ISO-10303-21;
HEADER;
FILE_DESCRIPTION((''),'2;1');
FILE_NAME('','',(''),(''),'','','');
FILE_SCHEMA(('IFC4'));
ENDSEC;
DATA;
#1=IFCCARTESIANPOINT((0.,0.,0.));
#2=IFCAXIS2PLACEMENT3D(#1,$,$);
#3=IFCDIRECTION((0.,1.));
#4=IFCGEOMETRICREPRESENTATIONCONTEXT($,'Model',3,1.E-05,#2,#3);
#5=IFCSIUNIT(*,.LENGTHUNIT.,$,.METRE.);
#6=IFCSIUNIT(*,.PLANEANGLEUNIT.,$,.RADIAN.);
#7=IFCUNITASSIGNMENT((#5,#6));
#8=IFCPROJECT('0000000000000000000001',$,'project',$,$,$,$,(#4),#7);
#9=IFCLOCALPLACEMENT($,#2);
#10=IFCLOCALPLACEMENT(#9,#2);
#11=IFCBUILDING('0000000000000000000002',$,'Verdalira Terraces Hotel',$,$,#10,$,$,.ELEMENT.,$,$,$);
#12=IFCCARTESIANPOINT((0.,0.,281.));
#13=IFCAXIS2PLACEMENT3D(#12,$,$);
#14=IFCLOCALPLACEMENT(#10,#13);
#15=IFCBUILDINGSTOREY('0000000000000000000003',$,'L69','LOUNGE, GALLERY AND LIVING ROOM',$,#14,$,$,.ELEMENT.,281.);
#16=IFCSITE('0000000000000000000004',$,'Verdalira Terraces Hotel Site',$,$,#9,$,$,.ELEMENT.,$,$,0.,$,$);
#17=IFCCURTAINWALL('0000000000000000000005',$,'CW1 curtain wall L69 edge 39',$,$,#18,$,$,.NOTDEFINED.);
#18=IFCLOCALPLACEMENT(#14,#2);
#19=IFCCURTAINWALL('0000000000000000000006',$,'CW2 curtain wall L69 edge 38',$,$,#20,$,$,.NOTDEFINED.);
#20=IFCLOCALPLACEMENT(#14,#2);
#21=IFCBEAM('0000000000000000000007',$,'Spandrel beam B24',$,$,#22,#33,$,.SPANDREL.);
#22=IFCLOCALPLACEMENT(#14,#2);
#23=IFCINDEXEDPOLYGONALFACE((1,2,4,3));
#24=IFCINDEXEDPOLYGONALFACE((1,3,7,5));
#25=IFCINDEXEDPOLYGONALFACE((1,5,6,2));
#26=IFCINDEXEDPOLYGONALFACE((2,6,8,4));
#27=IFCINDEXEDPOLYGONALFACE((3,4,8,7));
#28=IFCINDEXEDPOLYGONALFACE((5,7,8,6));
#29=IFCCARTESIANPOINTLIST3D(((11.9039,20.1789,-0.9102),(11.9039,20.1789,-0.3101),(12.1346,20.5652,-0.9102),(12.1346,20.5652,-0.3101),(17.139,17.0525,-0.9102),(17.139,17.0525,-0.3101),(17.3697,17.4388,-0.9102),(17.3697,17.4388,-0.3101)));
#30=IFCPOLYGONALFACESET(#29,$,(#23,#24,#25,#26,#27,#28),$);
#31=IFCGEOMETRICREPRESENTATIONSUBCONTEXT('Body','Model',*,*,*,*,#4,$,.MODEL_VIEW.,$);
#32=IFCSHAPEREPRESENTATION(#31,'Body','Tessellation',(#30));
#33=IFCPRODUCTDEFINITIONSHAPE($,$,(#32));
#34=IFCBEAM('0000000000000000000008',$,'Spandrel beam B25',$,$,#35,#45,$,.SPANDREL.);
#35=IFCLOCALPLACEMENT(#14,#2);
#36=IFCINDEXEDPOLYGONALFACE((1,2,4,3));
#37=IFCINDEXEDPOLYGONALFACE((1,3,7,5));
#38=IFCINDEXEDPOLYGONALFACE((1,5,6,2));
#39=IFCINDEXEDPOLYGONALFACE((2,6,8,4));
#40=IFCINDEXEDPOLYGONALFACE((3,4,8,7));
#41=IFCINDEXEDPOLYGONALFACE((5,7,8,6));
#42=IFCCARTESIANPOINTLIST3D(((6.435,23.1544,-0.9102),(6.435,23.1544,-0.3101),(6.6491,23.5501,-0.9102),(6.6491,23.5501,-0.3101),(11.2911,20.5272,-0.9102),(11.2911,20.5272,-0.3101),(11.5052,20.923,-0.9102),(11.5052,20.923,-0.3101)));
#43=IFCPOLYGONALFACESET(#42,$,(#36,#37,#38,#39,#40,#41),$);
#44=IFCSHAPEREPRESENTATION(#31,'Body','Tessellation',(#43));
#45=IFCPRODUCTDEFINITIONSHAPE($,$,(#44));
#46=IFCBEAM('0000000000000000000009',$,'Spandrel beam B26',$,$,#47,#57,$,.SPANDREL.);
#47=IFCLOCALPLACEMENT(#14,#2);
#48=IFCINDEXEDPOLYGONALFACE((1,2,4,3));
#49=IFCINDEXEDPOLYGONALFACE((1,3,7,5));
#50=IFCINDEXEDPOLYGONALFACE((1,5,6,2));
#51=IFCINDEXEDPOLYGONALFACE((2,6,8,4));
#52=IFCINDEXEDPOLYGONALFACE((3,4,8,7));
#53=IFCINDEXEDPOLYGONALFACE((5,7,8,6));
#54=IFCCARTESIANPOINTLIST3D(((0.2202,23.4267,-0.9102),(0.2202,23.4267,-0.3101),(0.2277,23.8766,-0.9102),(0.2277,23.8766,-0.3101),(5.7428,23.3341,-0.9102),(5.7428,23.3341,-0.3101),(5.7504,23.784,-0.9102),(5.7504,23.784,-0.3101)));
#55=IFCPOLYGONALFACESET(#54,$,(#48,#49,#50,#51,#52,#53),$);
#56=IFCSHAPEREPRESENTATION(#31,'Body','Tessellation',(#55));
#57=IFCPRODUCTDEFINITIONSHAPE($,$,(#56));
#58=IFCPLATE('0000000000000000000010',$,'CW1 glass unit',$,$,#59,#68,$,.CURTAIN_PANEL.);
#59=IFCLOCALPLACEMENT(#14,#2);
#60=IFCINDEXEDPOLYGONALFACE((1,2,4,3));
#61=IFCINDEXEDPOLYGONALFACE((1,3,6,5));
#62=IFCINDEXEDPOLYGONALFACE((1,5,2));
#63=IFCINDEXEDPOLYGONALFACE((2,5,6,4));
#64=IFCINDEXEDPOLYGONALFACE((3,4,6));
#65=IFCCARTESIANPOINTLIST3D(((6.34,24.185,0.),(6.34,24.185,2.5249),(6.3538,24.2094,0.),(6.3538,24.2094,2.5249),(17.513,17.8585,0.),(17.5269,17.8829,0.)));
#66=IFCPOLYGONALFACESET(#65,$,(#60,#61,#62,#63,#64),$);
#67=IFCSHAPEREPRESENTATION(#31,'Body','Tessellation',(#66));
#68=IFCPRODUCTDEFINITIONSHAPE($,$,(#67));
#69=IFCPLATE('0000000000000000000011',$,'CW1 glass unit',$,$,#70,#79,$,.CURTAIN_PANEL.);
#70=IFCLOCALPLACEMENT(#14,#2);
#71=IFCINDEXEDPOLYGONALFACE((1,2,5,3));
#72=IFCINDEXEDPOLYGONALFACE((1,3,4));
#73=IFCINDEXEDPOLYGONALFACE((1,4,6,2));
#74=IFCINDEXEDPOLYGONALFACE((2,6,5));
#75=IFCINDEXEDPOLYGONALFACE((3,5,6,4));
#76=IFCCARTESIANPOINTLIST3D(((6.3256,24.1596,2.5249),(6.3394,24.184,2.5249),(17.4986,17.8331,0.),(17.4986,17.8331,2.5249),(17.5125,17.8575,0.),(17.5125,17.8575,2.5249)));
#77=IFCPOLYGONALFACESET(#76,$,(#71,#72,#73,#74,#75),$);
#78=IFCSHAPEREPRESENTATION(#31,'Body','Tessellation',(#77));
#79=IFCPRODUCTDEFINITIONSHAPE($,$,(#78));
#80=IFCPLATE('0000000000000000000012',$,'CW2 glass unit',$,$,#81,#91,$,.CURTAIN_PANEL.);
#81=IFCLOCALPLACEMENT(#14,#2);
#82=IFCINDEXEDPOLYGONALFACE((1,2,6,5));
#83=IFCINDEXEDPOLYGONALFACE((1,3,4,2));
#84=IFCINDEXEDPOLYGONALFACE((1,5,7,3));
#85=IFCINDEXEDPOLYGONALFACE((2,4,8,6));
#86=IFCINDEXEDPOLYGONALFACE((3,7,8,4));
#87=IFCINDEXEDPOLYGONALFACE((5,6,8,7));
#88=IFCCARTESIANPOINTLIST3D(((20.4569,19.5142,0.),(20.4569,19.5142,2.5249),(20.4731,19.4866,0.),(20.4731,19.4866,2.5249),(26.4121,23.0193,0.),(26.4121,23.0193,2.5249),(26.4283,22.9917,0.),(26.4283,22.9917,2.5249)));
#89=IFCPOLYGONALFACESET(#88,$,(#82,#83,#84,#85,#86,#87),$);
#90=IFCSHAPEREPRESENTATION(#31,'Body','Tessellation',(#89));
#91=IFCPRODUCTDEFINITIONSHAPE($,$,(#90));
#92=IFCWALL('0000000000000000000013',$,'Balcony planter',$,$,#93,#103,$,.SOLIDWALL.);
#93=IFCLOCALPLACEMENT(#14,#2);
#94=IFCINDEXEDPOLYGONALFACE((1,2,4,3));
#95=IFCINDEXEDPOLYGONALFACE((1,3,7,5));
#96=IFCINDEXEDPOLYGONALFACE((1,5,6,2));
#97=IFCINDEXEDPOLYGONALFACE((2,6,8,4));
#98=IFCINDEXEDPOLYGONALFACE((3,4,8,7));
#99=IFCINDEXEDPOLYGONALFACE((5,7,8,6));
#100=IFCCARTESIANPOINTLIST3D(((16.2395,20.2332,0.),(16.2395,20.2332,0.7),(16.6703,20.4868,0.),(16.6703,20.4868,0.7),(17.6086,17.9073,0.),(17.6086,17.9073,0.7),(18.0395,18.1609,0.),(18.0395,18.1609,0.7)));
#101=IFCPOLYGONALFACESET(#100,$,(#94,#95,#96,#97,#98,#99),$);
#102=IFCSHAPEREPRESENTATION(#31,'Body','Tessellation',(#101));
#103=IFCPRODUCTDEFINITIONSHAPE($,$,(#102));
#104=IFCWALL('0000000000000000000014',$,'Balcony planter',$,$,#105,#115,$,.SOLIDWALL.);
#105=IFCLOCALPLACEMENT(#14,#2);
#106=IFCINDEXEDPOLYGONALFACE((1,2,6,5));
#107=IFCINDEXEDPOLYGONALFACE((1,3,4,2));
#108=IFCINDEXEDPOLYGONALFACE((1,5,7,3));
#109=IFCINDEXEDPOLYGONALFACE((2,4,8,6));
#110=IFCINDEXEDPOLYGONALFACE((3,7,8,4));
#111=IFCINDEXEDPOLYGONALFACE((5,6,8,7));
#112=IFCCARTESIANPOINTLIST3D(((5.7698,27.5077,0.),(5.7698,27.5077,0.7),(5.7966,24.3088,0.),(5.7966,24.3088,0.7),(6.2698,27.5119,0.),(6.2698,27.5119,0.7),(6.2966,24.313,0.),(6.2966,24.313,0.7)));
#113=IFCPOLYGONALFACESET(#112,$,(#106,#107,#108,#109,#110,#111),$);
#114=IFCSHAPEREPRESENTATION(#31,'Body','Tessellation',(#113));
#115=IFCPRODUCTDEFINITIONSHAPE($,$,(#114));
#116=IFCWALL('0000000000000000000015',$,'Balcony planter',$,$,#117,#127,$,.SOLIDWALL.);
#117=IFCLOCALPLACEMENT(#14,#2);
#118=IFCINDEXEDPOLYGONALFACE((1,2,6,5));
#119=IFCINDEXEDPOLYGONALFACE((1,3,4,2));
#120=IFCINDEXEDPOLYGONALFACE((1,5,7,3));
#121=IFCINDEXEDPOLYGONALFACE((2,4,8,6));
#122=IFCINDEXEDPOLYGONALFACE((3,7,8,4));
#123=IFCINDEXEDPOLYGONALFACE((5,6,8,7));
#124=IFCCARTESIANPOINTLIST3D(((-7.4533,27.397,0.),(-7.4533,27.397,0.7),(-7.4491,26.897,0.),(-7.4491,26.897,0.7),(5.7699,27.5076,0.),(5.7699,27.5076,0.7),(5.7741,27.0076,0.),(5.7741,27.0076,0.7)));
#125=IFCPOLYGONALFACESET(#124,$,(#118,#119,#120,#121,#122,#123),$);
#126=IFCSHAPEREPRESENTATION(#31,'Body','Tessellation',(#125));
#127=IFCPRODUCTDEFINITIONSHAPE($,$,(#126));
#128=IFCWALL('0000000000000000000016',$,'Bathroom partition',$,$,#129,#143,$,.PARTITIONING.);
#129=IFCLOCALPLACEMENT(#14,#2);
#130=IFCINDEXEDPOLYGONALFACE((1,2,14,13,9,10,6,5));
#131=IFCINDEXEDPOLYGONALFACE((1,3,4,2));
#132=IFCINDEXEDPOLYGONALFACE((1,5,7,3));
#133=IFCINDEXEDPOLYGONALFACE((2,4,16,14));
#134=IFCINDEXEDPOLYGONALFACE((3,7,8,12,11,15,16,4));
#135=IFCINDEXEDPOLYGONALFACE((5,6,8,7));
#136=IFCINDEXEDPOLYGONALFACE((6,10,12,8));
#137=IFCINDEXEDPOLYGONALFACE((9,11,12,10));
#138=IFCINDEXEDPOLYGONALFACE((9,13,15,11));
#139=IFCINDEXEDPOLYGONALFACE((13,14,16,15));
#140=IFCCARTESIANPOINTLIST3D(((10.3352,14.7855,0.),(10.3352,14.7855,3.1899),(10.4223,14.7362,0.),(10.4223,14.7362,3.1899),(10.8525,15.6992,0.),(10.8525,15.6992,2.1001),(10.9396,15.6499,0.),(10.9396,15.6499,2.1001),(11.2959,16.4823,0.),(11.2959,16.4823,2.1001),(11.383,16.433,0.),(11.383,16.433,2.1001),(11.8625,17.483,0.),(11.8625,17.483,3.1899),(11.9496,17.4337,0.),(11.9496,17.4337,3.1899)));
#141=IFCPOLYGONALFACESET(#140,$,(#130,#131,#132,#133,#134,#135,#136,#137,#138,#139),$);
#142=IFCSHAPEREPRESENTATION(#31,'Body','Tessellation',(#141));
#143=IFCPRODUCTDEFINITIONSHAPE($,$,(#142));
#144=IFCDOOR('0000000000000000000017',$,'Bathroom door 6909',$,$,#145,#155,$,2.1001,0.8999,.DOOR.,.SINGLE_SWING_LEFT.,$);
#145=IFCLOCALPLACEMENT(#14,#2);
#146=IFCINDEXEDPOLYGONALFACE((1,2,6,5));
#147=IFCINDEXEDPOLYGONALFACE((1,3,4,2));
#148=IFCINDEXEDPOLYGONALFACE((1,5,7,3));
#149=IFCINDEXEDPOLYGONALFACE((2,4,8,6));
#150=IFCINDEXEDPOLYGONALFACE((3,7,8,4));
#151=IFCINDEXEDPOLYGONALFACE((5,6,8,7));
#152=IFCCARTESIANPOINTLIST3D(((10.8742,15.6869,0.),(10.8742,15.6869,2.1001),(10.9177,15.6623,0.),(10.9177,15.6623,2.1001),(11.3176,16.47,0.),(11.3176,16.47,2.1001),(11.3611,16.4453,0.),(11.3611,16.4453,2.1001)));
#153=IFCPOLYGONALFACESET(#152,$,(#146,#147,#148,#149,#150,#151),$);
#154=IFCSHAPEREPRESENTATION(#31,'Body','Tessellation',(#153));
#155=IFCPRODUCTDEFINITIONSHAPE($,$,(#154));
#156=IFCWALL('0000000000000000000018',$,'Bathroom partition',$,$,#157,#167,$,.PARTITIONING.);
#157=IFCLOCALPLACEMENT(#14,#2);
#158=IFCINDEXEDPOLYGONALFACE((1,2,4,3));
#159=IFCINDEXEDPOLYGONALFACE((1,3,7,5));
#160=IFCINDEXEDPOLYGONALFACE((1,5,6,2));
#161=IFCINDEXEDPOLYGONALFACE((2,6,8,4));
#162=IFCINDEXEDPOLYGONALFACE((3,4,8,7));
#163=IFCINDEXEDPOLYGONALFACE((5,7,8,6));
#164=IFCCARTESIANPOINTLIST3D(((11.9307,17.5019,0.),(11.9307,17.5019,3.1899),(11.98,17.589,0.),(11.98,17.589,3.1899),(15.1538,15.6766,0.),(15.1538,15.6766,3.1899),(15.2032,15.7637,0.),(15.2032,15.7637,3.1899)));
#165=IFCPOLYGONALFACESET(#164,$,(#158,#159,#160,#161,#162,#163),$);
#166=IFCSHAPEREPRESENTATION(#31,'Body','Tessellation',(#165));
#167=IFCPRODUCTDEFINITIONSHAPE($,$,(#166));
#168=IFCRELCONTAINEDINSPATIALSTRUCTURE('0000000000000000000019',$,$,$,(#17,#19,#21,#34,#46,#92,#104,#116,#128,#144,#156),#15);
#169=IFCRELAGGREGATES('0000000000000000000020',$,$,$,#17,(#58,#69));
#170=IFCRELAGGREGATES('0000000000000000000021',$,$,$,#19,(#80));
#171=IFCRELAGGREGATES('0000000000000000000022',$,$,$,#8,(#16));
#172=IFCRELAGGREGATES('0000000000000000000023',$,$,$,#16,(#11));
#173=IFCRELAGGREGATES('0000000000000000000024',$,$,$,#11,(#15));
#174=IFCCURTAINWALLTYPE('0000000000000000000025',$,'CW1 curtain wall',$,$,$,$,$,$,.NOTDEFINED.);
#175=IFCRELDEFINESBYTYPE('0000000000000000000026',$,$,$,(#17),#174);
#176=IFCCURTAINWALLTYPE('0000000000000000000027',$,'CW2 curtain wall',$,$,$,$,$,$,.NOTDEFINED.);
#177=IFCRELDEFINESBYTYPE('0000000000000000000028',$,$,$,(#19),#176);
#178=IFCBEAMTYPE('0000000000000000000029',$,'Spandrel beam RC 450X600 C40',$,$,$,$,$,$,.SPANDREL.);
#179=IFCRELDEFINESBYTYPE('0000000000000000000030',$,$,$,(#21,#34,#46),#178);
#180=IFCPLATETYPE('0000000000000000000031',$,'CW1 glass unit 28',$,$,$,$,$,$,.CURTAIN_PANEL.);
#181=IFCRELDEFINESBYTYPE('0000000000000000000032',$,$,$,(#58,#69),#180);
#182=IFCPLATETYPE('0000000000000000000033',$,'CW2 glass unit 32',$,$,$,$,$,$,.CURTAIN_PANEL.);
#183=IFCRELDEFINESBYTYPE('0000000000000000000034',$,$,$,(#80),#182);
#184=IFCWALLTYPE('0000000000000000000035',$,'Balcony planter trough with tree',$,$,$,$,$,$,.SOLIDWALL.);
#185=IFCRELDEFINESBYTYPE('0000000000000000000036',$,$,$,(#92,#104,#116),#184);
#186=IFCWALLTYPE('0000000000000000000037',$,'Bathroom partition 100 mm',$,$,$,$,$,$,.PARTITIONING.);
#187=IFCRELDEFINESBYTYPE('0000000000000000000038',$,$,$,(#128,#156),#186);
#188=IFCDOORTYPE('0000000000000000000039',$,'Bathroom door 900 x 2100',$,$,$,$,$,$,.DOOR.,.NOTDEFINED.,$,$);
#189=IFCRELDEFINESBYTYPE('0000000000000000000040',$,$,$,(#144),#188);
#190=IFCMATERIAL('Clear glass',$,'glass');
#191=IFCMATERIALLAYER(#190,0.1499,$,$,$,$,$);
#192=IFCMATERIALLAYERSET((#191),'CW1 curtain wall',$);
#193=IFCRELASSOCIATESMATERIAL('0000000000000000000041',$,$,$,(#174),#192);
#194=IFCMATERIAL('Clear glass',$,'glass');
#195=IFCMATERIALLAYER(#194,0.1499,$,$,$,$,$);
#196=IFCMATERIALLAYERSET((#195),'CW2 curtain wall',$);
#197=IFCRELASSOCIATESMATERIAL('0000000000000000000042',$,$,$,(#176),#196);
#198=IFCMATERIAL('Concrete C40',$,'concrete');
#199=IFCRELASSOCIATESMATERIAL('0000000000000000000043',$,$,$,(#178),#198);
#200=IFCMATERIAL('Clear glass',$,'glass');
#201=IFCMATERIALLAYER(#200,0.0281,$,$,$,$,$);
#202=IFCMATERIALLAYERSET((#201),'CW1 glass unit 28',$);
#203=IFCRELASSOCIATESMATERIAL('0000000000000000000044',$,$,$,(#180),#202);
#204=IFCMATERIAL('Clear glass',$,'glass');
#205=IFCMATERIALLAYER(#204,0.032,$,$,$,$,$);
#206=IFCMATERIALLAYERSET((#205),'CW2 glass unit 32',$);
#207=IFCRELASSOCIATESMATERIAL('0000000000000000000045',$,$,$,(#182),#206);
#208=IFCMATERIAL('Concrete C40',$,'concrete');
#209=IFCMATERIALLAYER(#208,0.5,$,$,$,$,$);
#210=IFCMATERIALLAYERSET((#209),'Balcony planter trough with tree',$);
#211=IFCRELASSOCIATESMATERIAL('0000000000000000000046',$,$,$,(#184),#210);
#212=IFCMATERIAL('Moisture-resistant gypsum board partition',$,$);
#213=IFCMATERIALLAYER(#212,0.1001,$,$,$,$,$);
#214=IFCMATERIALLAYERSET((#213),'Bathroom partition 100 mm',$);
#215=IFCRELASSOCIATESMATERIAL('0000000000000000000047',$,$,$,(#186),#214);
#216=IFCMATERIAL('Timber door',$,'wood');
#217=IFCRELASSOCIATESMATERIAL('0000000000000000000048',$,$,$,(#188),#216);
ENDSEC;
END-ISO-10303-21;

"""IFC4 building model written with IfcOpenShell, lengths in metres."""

from ifc_helpers import new_model, si_unit, direction, frame, frame_2d, origin, origin_2d, place, context, subcontext, project, spatial, polyline, rectangle, outline, extrude, material, layer, layer_set, material_profile, profile_set, type_object, element, fill, aggregate, save


model = new_model("IFC4")

# Units and contexts
model_context = context("Model", 3, precision=1e-05, world=origin(), true_north=direction((0.0, 1.0)))
body_context = subcontext(model_context, "Body", "Model", "MODEL_VIEW")
ifc_project = project(units=[si_unit("LENGTHUNIT", "METRE"), si_unit("PLANEANGLEUNIT", "RADIAN")], contexts=[model_context])

# Site, building, storey
site_placement = place(None, origin())
site = spatial("IfcSite", under=ifc_project, at=site_placement, Name="Verdalira Terraces Hotel Site", CompositionType="ELEMENT", RefElevation=0.0)
building_placement = place(site_placement, origin())
building = spatial("IfcBuilding", under=site, at=building_placement, Name="Verdalira Terraces Hotel", CompositionType="ELEMENT")
storey_placement = place(building_placement, frame((0.0, 0.0, 281.0)))
storey = spatial("IfcBuildingStorey", under=building, at=storey_placement, Name="L69", Description="LOUNGE, GALLERY AND LIVING ROOM", CompositionType="ELEMENT", Elevation=281.0)

# Curtain wall
ifc_material_1 = material(Name="Clear glass", Category="glass")
ifc_layer_1 = layer(ifc_material_1, 0.1499)
ifc_layer_set_1 = layer_set([ifc_layer_1], Name="CW1 curtain wall")
curtain_wall_type_1 = type_object("IfcCurtainWallType", Name="CW1 curtain wall", PredefinedType="NOTDEFINED", material=ifc_layer_set_1)
curtain_wall_1_placement = place(storey_placement, origin())
curtain_wall_1 = element("IfcCurtainWall", 1, at=curtain_wall_1_placement, inside=storey, type_object=curtain_wall_type_1, Name="CW1 curtain wall L69 edge 39", PredefinedType="NOTDEFINED")

# Curtain wall
ifc_material_2 = material(Name="Clear glass", Category="glass")
ifc_layer_2 = layer(ifc_material_2, 0.1499)
ifc_layer_set_2 = layer_set([ifc_layer_2], Name="CW2 curtain wall")
curtain_wall_type_2 = type_object("IfcCurtainWallType", Name="CW2 curtain wall", PredefinedType="NOTDEFINED", material=ifc_layer_set_2)
curtain_wall_2_placement = place(storey_placement, origin())
curtain_wall_2 = element("IfcCurtainWall", 2, at=curtain_wall_2_placement, inside=storey, type_object=curtain_wall_type_2, Name="CW2 curtain wall L69 edge 38", PredefinedType="NOTDEFINED")

# Beams
ifc_material_3 = material(Name="Concrete C40", Category="concrete")
ifc_material_profile_1 = material_profile(ifc_material_3, rectangle(XDim=0.45, YDim=0.6001, at=origin_2d()), Name="RC 450X600")
ifc_profile_set_1 = profile_set([ifc_material_profile_1], Name="Concrete C40")
beam_type_1 = type_object("IfcBeamType", Name="Spandrel beam RC 450X600 C40", PredefinedType="SPANDREL", material=ifc_profile_set_1)
beam_1_placement = place(storey_placement, frame((17.2544, 17.2456, -0.6101), z_axis=(-0.858547, 0.512734, 0.0), x_axis=(-0.512734, -0.858547, 0.0)))
element("IfcBeam", 3, at=beam_1_placement, inside=storey, type_object=beam_type_1, Name="Spandrel beam B24", PredefinedType="SPANDREL", context=body_context, shape_type="SweptSolid", body=[
    extrude(rectangle(XDim=0.45, YDim=0.6001, at=origin_2d()), origin(), (0.0, 0.0, 1.0), 6.0977),
])
beam_2_placement = place(storey_placement, frame((11.3982, 20.7251, -0.6101), z_axis=(-0.879538, 0.475829, 0.0), x_axis=(-0.475829, -0.879538, 0.0)))
element("IfcBeam", 4, at=beam_2_placement, inside=storey, type_object=beam_type_1, Name="Spandrel beam B25", PredefinedType="SPANDREL", context=body_context, shape_type="SweptSolid", body=[
    extrude(rectangle(XDim=0.45, YDim=0.6001, at=origin_2d()), origin(), (0.0, 0.0, 1.0), 5.5212),
])
beam_3_placement = place(storey_placement, frame((5.7466, 23.5591, -0.6101), z_axis=(-0.99986, 0.016752, 0.0), x_axis=(-0.016752, -0.99986, 0.0)))
element("IfcBeam", 5, at=beam_3_placement, inside=storey, type_object=beam_type_1, Name="Spandrel beam B26", PredefinedType="SPANDREL", context=body_context, shape_type="SweptSolid", body=[
    extrude(rectangle(XDim=0.45, YDim=0.6001, at=origin_2d()), origin(), (0.0, 0.0, 1.0), 5.5234),
])

# Plates
ifc_material_4 = material(Name="Clear glass", Category="glass")
ifc_layer_3 = layer(ifc_material_4, 0.0281)
ifc_layer_set_3 = layer_set([ifc_layer_3], Name="CW1 glass unit 28")
plate_type_1 = type_object("IfcPlateType", Name="CW1 glass unit 28", PredefinedType="CURTAIN_PANEL", material=ifc_layer_set_3)
plate_1_placement = place(storey_placement, frame((11.9265, 21.0217, 1.2625), z_axis=(0.492727, 0.870184, 0.0), x_axis=(-0.870184, 0.492727, 0.0)))
plate_1 = element("IfcPlate", 6, at=plate_1_placement, type_object=plate_type_1, Name="CW1 glass unit", PredefinedType="CURTAIN_PANEL", context=body_context, shape_type="SweptSolid", body=[
    extrude(outline(polyline([(-6.4199, -1.2625), (6.4199, -1.2625), (6.4199, 1.2625), (-6.4199, -1.2625)])), origin(), (0.0, 0.0, 1.0), 0.0281),
])
plate_2_placement = place(storey_placement, frame((11.9121, 20.9963, 1.2625), z_axis=(0.492727, 0.870184, 0.0), x_axis=(-0.870184, 0.492727, 0.0)))
plate_2 = element("IfcPlate", 7, at=plate_2_placement, type_object=plate_type_1, Name="CW1 glass unit", PredefinedType="CURTAIN_PANEL", context=body_context, shape_type="SweptSolid", body=[
    extrude(outline(polyline([(-6.4199, -1.2625), (6.4199, 1.2625), (-6.4199, 1.2625), (-6.4199, -1.2625)])), origin(), (0.0, 0.0, 1.0), 0.0281),
])
aggregate(curtain_wall_1, [plate_1, plate_2])
ifc_material_5 = material(Name="Clear glass", Category="glass")
ifc_layer_4 = layer(ifc_material_5, 0.032)
ifc_layer_set_4 = layer_set([ifc_layer_4], Name="CW2 glass unit 32")
plate_type_2 = type_object("IfcPlateType", Name="CW2 glass unit 32", PredefinedType="CURTAIN_PANEL", material=ifc_layer_set_4)
plate_3_placement = place(storey_placement, frame((23.4426, 21.2529, 0.0), z_axis=(0.0, 0.0, 1.0), x_axis=(-0.861806, -0.507238, 0.0)))
plate_3 = element("IfcPlate", 8, at=plate_3_placement, type_object=plate_type_2, Name="CW2 glass unit", PredefinedType="CURTAIN_PANEL", context=body_context, shape_type="SweptSolid", body=[
    extrude(rectangle(XDim=6.9102, YDim=0.032, at=origin_2d()), origin(), (0.0, 0.0, 1.0), 2.5249),
])
aggregate(curtain_wall_2, [plate_3])

# Walls
ifc_material_6 = material(Name="Concrete C40", Category="concrete")
ifc_layer_5 = layer(ifc_material_6, 0.5)
ifc_layer_set_5 = layer_set([ifc_layer_5], Name="Balcony planter trough with tree")
wall_type_1 = type_object("IfcWallType", Name="Balcony planter trough with tree", PredefinedType="SOLIDWALL", material=ifc_layer_set_5)
wall_1_placement = place(storey_placement, frame((16.4548, 20.3601, 0.0), z_axis=(0.0, 0.0, 1.0), x_axis=(0.507281, -0.861781, 0.0)))
element("IfcWall", 9, at=wall_1_placement, inside=storey, type_object=wall_type_1, Name="Balcony planter", PredefinedType="SOLIDWALL", context=body_context, shape_type="SweptSolid", body=[
    extrude(rectangle(XDim=2.699, YDim=0.5, at=frame_2d((1.3496, 0.0))), origin(), (0.0, 0.0, 1.0), 0.7),
])
wall_2_placement = place(storey_placement, frame((6.0466, 24.3108, 0.0), z_axis=(0.0, 0.0, 1.0), x_axis=(-0.008395, 0.999965, 0.0)))
element("IfcWall", 10, at=wall_2_placement, inside=storey, type_object=wall_type_1, Name="Balcony planter", PredefinedType="SOLIDWALL", context=body_context, shape_type="SweptSolid", body=[
    extrude(rectangle(XDim=3.199, YDim=0.5, at=frame_2d((1.5996, 0.0))), origin(), (0.0, 0.0, 1.0), 0.7),
])
wall_3_placement = place(storey_placement, frame((5.772, 27.2576, 0.0), z_axis=(0.0, 0.0, 1.0), x_axis=(-0.999965, -0.008364, 0.0)))
element("IfcWall", 11, at=wall_3_placement, inside=storey, type_object=wall_type_1, Name="Balcony planter", PredefinedType="SOLIDWALL", context=body_context, shape_type="SweptSolid", body=[
    extrude(rectangle(XDim=13.2236, YDim=0.5, at=frame_2d((6.6118, 0.0))), origin(), (0.0, 0.0, 1.0), 0.7),
])

# Wall, opening, door
ifc_material_7 = material(Name="Moisture-resistant gypsum board partition")
ifc_layer_6 = layer(ifc_material_7, 0.1001)
ifc_layer_set_6 = layer_set([ifc_layer_6], Name="Bathroom partition 100 mm")
wall_type_2 = type_object("IfcWallType", Name="Bathroom partition 100 mm", PredefinedType="PARTITIONING", material=ifc_layer_set_6)
wall_4_placement = place(storey_placement, frame((11.906, 17.4583, 0.0), z_axis=(0.0, 0.0, 1.0), x_axis=(-0.492709, -0.870194, 0.0)))
wall_4 = element("IfcWall", 12, at=wall_4_placement, inside=storey, type_object=wall_type_2, Name="Bathroom partition", PredefinedType="PARTITIONING", context=body_context, shape_type="SweptSolid", body=[
    extrude(rectangle(XDim=3.0999, YDim=0.1001, at=frame_2d((1.5498, 0.0))), origin(), (0.0, 0.0, 1.0), 3.1899),
])
opening_1_placement = place(wall_4_placement, frame((1.1499, 0.0, 0.0)))
opening_1 = element("IfcOpeningElement", 13, at=opening_1_placement, cuts=wall_4, PredefinedType="OPENING", context=body_context, shape_type="SweptSolid", body=[
    extrude(rectangle(XDim=0.8999, YDim=2.1001, at=frame_2d((0.45, 1.05))), frame((0.0, 0.0601, 0.0), z_axis=(0.0, -1.0, 0.0), x_axis=(1.0, 0.0, 0.0)), (0.0, 0.0, 1.0), 0.1201),
])
ifc_material_8 = material(Name="Timber door", Category="wood")
door_type_1 = type_object("IfcDoorType", Name="Bathroom door 900 x 2100", OperationType="NOTDEFINED", PredefinedType="DOOR", material=ifc_material_8)
door_1_placement = place(opening_1_placement, origin())
door_1 = element("IfcDoor", 14, at=door_1_placement, inside=storey, type_object=door_type_1, Name="Bathroom door 6909", OperationType="SINGLE_SWING_LEFT", OverallHeight=2.1001, OverallWidth=0.8999, PredefinedType="DOOR", context=body_context, shape_type="SweptSolid", body=[
    extrude(rectangle(XDim=0.8999, YDim=2.1001, at=frame_2d((0.45, 1.05))), frame((0.0, 0.0249, 0.0), z_axis=(0.0, -1.0, 0.0), x_axis=(1.0, 0.0, 0.0)), (0.0, 0.0, 1.0), 0.05),
])
fill(opening_1, door_1)

# Wall
wall_5_placement = place(storey_placement, frame((11.9553, 17.5454, 0.0), z_axis=(0.0, 0.0, 1.0), x_axis=(0.870167, -0.492756, 0.0)))
element("IfcWall", 15, at=wall_5_placement, inside=storey, type_object=wall_type_2, Name="Bathroom partition", PredefinedType="PARTITIONING", context=body_context, shape_type="SweptSolid", body=[
    extrude(rectangle(XDim=3.7041, YDim=0.1001, at=frame_2d((1.8521, 0.0))), origin(), (0.0, 0.0, 1.0), 3.1899),
])

save(model, "model.ifc")
